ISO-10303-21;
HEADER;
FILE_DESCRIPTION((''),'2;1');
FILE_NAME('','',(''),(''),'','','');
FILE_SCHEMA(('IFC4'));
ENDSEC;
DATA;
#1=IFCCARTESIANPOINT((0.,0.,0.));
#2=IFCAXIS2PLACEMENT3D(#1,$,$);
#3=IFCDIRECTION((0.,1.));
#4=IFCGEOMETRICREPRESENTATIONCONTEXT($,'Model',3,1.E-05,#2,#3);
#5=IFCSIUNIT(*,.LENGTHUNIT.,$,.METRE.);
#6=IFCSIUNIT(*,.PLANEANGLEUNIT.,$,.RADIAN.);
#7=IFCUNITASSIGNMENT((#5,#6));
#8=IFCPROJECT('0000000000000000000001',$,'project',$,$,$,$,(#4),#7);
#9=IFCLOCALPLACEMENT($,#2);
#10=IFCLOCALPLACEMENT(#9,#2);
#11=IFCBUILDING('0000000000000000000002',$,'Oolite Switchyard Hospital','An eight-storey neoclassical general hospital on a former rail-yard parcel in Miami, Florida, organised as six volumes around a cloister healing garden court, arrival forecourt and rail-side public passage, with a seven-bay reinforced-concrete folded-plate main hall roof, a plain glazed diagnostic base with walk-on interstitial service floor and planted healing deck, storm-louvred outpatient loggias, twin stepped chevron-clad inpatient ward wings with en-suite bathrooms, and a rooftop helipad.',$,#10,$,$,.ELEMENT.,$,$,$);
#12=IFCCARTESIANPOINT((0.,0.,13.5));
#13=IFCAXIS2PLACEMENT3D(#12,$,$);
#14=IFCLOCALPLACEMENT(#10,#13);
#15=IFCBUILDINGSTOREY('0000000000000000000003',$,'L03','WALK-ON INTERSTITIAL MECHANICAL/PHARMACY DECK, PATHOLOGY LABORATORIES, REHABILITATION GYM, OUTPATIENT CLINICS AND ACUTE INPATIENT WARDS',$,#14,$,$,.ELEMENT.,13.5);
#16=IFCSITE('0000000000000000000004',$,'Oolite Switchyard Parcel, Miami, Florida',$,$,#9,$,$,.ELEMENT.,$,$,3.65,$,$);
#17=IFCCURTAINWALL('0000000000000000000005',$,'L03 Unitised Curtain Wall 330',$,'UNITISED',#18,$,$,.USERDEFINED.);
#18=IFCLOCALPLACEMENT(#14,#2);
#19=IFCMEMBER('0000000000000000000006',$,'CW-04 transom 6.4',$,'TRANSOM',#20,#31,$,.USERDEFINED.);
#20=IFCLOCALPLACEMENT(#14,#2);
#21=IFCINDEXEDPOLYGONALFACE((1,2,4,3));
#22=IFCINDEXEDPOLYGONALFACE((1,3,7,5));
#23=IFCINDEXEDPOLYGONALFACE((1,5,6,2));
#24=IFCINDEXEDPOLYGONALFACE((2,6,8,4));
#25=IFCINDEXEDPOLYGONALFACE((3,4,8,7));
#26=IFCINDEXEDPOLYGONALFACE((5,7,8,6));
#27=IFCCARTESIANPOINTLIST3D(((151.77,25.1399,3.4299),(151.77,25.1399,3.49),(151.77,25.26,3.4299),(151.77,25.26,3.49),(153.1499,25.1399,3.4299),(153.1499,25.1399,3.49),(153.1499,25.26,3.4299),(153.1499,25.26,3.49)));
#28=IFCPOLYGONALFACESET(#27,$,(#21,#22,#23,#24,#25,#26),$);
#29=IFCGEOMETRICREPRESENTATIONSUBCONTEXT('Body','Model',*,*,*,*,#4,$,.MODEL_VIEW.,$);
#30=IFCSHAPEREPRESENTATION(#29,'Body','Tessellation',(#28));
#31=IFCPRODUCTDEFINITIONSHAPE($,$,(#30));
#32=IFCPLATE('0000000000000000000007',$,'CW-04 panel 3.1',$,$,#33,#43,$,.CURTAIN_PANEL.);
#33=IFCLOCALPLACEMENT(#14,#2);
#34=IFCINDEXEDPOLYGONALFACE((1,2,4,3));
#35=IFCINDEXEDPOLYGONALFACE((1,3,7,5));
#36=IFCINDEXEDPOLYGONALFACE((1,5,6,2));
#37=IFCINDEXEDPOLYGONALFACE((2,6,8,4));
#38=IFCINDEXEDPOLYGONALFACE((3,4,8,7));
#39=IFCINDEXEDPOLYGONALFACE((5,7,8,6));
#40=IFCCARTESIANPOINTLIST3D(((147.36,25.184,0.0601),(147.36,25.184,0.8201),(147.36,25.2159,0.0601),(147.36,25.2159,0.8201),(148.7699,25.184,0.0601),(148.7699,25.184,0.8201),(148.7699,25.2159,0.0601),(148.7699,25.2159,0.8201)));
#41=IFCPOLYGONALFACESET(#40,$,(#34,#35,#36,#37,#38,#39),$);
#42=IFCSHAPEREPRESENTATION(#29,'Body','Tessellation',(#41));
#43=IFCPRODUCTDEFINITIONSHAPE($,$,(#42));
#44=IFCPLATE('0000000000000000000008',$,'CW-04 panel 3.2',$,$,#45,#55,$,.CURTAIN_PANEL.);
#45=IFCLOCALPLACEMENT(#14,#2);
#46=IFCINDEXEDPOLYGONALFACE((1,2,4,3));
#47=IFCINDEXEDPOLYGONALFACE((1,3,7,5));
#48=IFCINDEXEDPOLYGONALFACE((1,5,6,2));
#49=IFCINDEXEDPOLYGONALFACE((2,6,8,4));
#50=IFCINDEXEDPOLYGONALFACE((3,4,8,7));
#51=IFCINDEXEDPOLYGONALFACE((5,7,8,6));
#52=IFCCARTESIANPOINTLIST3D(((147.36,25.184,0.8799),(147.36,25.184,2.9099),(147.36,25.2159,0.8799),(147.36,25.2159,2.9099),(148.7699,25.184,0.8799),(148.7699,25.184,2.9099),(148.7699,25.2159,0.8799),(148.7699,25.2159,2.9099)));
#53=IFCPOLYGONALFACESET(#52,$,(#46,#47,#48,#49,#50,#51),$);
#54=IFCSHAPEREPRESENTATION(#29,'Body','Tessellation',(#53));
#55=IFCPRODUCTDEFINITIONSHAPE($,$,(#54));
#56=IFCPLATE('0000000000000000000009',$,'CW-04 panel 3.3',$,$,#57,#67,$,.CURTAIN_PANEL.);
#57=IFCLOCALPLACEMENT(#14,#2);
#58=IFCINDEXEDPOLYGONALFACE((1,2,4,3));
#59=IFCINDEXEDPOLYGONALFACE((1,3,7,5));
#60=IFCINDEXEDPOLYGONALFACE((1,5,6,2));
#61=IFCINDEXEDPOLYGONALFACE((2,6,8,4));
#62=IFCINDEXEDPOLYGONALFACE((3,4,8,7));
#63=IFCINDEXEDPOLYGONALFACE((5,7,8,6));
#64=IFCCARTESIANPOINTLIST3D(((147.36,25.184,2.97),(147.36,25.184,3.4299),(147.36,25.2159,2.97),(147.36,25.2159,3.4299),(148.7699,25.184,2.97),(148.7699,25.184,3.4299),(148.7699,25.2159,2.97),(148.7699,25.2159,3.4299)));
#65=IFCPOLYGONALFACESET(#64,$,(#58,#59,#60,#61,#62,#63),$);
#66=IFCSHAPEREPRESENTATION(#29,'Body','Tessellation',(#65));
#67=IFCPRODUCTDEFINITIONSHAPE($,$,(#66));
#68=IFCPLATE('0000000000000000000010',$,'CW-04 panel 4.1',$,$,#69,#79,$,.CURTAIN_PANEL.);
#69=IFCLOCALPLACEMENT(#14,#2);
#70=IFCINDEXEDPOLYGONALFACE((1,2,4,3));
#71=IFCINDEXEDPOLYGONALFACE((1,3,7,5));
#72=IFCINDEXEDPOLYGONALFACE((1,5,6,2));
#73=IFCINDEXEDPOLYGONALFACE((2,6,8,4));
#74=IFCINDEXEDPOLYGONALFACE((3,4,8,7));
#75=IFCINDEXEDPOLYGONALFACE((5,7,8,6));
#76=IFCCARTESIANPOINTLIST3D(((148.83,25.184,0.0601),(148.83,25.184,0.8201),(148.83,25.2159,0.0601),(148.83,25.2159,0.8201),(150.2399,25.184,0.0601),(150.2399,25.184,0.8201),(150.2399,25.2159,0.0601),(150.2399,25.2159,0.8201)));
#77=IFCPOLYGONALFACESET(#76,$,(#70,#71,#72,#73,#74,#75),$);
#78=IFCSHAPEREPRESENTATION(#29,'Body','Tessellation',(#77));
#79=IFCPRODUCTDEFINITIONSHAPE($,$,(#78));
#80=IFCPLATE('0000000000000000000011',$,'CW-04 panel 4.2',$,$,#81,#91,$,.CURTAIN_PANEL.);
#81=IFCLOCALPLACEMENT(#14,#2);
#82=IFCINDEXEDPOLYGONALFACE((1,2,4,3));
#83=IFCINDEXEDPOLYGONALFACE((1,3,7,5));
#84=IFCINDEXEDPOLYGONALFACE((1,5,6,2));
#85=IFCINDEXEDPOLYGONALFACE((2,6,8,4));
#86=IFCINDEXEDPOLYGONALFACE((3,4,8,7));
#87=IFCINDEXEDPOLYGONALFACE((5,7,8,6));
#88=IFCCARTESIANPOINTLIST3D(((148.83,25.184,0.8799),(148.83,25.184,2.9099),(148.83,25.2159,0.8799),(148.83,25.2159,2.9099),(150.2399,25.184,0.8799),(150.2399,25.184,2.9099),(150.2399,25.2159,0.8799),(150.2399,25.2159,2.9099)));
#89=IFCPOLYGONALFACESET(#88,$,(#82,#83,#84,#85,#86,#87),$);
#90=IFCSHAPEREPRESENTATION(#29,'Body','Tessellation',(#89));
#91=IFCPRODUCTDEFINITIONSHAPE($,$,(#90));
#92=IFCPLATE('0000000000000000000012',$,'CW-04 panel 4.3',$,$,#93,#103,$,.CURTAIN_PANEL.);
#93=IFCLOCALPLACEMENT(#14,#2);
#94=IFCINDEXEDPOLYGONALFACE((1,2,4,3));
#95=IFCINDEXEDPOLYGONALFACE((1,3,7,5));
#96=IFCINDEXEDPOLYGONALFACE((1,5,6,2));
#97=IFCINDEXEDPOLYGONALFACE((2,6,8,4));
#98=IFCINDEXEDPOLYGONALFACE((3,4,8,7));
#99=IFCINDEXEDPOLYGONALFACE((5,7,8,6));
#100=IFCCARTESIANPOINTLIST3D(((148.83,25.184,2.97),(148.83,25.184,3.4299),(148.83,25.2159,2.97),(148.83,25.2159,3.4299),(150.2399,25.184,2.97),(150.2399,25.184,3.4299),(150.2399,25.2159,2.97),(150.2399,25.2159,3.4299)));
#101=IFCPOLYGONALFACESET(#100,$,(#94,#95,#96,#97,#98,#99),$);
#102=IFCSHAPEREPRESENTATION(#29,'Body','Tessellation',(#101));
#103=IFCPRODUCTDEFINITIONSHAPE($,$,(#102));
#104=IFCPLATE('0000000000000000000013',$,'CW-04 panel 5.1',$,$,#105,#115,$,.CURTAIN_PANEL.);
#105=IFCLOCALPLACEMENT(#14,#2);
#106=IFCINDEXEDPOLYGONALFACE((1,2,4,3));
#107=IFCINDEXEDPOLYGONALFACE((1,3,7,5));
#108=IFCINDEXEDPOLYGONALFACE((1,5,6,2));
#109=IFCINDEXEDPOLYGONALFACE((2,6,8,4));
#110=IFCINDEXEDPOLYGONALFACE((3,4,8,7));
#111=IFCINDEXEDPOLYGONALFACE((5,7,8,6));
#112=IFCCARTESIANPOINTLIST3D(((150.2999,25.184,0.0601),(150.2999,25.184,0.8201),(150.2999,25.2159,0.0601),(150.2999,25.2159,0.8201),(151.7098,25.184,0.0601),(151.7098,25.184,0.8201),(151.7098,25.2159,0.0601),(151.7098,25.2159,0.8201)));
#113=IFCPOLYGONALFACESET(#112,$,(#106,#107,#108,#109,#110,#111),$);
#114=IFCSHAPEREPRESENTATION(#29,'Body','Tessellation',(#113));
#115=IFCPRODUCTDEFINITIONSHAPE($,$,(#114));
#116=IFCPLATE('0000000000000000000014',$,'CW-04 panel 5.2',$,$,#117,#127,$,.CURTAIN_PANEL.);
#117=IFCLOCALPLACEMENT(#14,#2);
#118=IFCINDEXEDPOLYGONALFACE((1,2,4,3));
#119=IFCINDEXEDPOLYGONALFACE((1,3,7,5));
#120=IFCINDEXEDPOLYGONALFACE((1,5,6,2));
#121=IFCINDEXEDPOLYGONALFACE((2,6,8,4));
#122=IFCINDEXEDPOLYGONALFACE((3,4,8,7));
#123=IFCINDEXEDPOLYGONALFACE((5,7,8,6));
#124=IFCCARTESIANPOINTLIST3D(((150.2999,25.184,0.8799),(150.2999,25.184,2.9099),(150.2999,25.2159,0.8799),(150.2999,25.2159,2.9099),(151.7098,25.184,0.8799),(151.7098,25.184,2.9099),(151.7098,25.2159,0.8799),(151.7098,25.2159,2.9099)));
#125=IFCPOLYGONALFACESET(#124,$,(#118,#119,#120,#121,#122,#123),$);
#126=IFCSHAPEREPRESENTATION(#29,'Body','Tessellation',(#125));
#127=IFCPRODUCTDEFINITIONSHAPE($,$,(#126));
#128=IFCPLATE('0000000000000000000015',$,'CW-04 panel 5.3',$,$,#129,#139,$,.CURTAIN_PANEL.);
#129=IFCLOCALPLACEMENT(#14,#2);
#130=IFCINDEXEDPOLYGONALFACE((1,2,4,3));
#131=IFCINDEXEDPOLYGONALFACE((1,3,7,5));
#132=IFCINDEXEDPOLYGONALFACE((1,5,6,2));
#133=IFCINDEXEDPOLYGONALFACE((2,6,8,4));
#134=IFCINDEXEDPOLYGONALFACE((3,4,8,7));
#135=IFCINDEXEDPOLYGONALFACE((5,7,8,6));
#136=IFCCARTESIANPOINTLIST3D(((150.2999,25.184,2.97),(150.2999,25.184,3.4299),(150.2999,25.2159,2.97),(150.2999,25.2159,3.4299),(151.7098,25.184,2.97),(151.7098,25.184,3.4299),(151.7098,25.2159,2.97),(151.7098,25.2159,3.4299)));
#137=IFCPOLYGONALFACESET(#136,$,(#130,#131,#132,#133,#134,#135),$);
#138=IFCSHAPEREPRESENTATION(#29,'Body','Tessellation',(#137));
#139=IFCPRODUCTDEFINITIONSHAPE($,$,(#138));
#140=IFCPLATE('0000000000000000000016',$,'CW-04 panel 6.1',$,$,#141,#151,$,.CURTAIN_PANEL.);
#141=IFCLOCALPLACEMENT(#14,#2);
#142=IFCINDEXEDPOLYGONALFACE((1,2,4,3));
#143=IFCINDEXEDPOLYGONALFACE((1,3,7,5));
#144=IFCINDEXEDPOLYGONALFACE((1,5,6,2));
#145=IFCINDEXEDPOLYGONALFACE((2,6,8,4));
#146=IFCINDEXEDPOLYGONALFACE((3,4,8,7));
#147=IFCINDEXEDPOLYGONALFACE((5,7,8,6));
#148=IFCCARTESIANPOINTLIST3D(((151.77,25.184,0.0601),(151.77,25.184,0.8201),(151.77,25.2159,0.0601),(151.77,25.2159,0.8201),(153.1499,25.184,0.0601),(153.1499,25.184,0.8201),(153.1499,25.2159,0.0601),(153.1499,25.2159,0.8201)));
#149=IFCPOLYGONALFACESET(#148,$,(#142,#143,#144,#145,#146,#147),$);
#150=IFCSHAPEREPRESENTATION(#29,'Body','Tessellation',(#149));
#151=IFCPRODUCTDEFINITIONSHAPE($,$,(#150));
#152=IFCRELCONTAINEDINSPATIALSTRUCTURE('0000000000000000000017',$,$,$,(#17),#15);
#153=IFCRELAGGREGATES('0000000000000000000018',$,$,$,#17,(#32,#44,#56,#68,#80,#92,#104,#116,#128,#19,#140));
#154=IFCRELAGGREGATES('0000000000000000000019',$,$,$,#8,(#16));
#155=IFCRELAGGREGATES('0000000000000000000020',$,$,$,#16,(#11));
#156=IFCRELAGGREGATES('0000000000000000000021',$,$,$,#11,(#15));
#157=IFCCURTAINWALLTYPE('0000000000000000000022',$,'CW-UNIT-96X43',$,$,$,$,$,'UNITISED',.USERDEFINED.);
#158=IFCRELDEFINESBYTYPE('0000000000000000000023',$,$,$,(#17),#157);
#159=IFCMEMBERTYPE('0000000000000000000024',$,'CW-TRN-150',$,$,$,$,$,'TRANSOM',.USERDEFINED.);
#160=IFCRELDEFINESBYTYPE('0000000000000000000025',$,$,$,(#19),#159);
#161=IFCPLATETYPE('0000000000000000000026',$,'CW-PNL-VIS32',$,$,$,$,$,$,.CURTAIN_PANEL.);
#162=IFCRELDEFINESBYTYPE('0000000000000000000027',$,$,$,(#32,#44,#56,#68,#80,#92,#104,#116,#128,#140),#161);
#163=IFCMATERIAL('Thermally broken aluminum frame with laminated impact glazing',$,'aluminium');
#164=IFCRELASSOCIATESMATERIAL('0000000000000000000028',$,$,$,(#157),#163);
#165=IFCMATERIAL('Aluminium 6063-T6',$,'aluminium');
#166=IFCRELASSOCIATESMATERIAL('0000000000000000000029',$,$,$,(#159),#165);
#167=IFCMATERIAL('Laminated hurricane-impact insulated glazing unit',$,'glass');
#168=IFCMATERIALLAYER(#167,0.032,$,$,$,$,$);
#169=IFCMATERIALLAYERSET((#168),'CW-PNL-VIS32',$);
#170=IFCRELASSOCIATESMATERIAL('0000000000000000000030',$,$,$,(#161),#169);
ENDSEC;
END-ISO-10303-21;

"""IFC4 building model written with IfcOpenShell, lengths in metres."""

from ifc_helpers import new_model, si_unit, direction, frame, origin, origin_2d, place, context, subcontext, project, spatial, rectangle, extrude, material, layer, layer_set, material_profile, profile_set, type_object, element, aggregate, save


model = new_model("IFC4")

# Units and contexts
model_context = context("Model", 3, precision=1e-05, world=origin(), true_north=direction((0.0, 1.0)))
body_context = subcontext(model_context, "Body", "Model", "MODEL_VIEW")
ifc_project = project(units=[si_unit("LENGTHUNIT", "METRE"), si_unit("PLANEANGLEUNIT", "RADIAN")], contexts=[model_context])

# Site, building, storey
site_placement = place(None, origin())
site = spatial("IfcSite", under=ifc_project, at=site_placement, Name="Oolite Switchyard Parcel, Miami, Florida", CompositionType="ELEMENT", RefElevation=3.65)
building_placement = place(site_placement, origin())
building = spatial("IfcBuilding", under=site, at=building_placement, Name="Oolite Switchyard Hospital", Description="An eight-storey neoclassical general hospital on a former rail-yard parcel in Miami, Florida, organised as six volumes around a cloister healing garden court, arrival forecourt and rail-side public passage, with a seven-bay reinforced-concrete folded-plate main hall roof, a plain glazed diagnostic base with walk-on interstitial service floor and planted healing deck, storm-louvred outpatient loggias, twin stepped chevron-clad inpatient ward wings with en-suite bathrooms, and a rooftop helipad.", CompositionType="ELEMENT")
storey_placement = place(building_placement, frame((0.0, 0.0, 13.5)))
storey = spatial("IfcBuildingStorey", under=building, at=storey_placement, Name="L03", Description="WALK-ON INTERSTITIAL MECHANICAL/PHARMACY DECK, PATHOLOGY LABORATORIES, REHABILITATION GYM, OUTPATIENT CLINICS AND ACUTE INPATIENT WARDS", CompositionType="ELEMENT", Elevation=13.5)

# Curtain wall, member, plates
ifc_material_1 = material(Name="Thermally broken aluminum frame with laminated impact glazing", Category="aluminium")
curtain_wall_type = type_object("IfcCurtainWallType", Name="CW-UNIT-96X43", ElementType="UNITISED", PredefinedType="USERDEFINED", material=ifc_material_1)
curtain_wall_placement = place(storey_placement, origin())
curtain_wall = element("IfcCurtainWall", 1, at=curtain_wall_placement, inside=storey, type_object=curtain_wall_type, Name="L03 Unitised Curtain Wall 330", ObjectType="UNITISED", PredefinedType="USERDEFINED")
ifc_material_2 = material(Name="Aluminium 6063-T6", Category="aluminium")
ifc_material_profile_1 = material_profile(ifc_material_2, rectangle(XDim=0.1201, YDim=0.0601, at=origin_2d()), Name="CWT60X120")
ifc_profile_set_1 = profile_set([ifc_material_profile_1], Name="Aluminium 6063-T6")
member_type_1 = type_object("IfcMemberType", Name="CW-TRN-150", ElementType="TRANSOM", PredefinedType="USERDEFINED", material=ifc_profile_set_1)
member_1_placement = place(storey_placement, frame((151.77, 25.2, 3.46), z_axis=(1.0, 0.0, 0.0), x_axis=(0.0, 1.0, 0.0)))
member_1 = element("IfcMember", 2, at=member_1_placement, type_object=member_type_1, Name="CW-04 transom 6.4", ObjectType="TRANSOM", PredefinedType="USERDEFINED", context=body_context, shape_type="SweptSolid", body=[
    extrude(rectangle(XDim=0.1201, YDim=0.0601, at=origin_2d()), origin(), (0.0, 0.0, 1.0), 1.3799),
])
ifc_material_3 = material(Name="Laminated hurricane-impact insulated glazing unit", Category="glass")
ifc_layer = layer(ifc_material_3, 0.032)
ifc_layer_set = layer_set([ifc_layer], Name="CW-PNL-VIS32")
plate_type = type_object("IfcPlateType", Name="CW-PNL-VIS32", PredefinedType="CURTAIN_PANEL", material=ifc_layer_set)
plate_1_placement = place(storey_placement, frame((148.0649, 25.2, 0.0601), z_axis=(0.0, 0.0, 1.0), x_axis=(1.0, 0.0, 0.0)))
plate_1 = element("IfcPlate", 3, at=plate_1_placement, type_object=plate_type, Name="CW-04 panel 3.1", PredefinedType="CURTAIN_PANEL", context=body_context, shape_type="SweptSolid", body=[
    extrude(rectangle(XDim=1.4099, YDim=0.032, at=origin_2d()), origin(), (0.0, 0.0, 1.0), 0.76),
])
plate_2_placement = place(storey_placement, frame((148.0649, 25.2, 0.8799), z_axis=(0.0, 0.0, 1.0), x_axis=(1.0, 0.0, 0.0)))
plate_2 = element("IfcPlate", 4, at=plate_2_placement, type_object=plate_type, Name="CW-04 panel 3.2", PredefinedType="CURTAIN_PANEL", context=body_context, shape_type="SweptSolid", body=[
    extrude(rectangle(XDim=1.4099, YDim=0.032, at=origin_2d()), origin(), (0.0, 0.0, 1.0), 2.03),
])
plate_3_placement = place(storey_placement, frame((148.0649, 25.2, 2.97), z_axis=(0.0, 0.0, 1.0), x_axis=(1.0, 0.0, 0.0)))
plate_3 = element("IfcPlate", 5, at=plate_3_placement, type_object=plate_type, Name="CW-04 panel 3.3", PredefinedType="CURTAIN_PANEL", context=body_context, shape_type="SweptSolid", body=[
    extrude(rectangle(XDim=1.4099, YDim=0.032, at=origin_2d()), origin(), (0.0, 0.0, 1.0), 0.46),
])
plate_4_placement = place(storey_placement, frame((149.5349, 25.2, 0.0601), z_axis=(0.0, 0.0, 1.0), x_axis=(1.0, 0.0, 0.0)))
plate_4 = element("IfcPlate", 6, at=plate_4_placement, type_object=plate_type, Name="CW-04 panel 4.1", PredefinedType="CURTAIN_PANEL", context=body_context, shape_type="SweptSolid", body=[
    extrude(rectangle(XDim=1.4099, YDim=0.032, at=origin_2d()), origin(), (0.0, 0.0, 1.0), 0.76),
])
plate_5_placement = place(storey_placement, frame((149.5349, 25.2, 0.8799), z_axis=(0.0, 0.0, 1.0), x_axis=(1.0, 0.0, 0.0)))
plate_5 = element("IfcPlate", 7, at=plate_5_placement, type_object=plate_type, Name="CW-04 panel 4.2", PredefinedType="CURTAIN_PANEL", context=body_context, shape_type="SweptSolid", body=[
    extrude(rectangle(XDim=1.4099, YDim=0.032, at=origin_2d()), origin(), (0.0, 0.0, 1.0), 2.03),
])
plate_6_placement = place(storey_placement, frame((149.5349, 25.2, 2.97), z_axis=(0.0, 0.0, 1.0), x_axis=(1.0, 0.0, 0.0)))
plate_6 = element("IfcPlate", 8, at=plate_6_placement, type_object=plate_type, Name="CW-04 panel 4.3", PredefinedType="CURTAIN_PANEL", context=body_context, shape_type="SweptSolid", body=[
    extrude(rectangle(XDim=1.4099, YDim=0.032, at=origin_2d()), origin(), (0.0, 0.0, 1.0), 0.46),
])
plate_7_placement = place(storey_placement, frame((151.0049, 25.2, 0.0601), z_axis=(0.0, 0.0, 1.0), x_axis=(1.0, 0.0, 0.0)))
plate_7 = element("IfcPlate", 9, at=plate_7_placement, type_object=plate_type, Name="CW-04 panel 5.1", PredefinedType="CURTAIN_PANEL", context=body_context, shape_type="SweptSolid", body=[
    extrude(rectangle(XDim=1.4099, YDim=0.032, at=origin_2d()), origin(), (0.0, 0.0, 1.0), 0.76),
])
plate_8_placement = place(storey_placement, frame((151.0049, 25.2, 0.8799), z_axis=(0.0, 0.0, 1.0), x_axis=(1.0, 0.0, 0.0)))
plate_8 = element("IfcPlate", 10, at=plate_8_placement, type_object=plate_type, Name="CW-04 panel 5.2", PredefinedType="CURTAIN_PANEL", context=body_context, shape_type="SweptSolid", body=[
    extrude(rectangle(XDim=1.4099, YDim=0.032, at=origin_2d()), origin(), (0.0, 0.0, 1.0), 2.03),
])
plate_9_placement = place(storey_placement, frame((151.0049, 25.2, 2.97), z_axis=(0.0, 0.0, 1.0), x_axis=(1.0, 0.0, 0.0)))
plate_9 = element("IfcPlate", 11, at=plate_9_placement, type_object=plate_type, Name="CW-04 panel 5.3", PredefinedType="CURTAIN_PANEL", context=body_context, shape_type="SweptSolid", body=[
    extrude(rectangle(XDim=1.4099, YDim=0.032, at=origin_2d()), origin(), (0.0, 0.0, 1.0), 0.46),
])
plate_10_placement = place(storey_placement, frame((152.46, 25.2, 0.0601), z_axis=(0.0, 0.0, 1.0), x_axis=(1.0, 0.0, 0.0)))
plate_10 = element("IfcPlate", 12, at=plate_10_placement, type_object=plate_type, Name="CW-04 panel 6.1", PredefinedType="CURTAIN_PANEL", context=body_context, shape_type="SweptSolid", body=[
    extrude(rectangle(XDim=1.3799, YDim=0.032, at=origin_2d()), origin(), (0.0, 0.0, 1.0), 0.76),
])
aggregate(curtain_wall, [plate_1, plate_2, plate_3, plate_4, plate_5, plate_6, plate_7, plate_8, plate_9, member_1, plate_10])

save(model, "model.ifc")
